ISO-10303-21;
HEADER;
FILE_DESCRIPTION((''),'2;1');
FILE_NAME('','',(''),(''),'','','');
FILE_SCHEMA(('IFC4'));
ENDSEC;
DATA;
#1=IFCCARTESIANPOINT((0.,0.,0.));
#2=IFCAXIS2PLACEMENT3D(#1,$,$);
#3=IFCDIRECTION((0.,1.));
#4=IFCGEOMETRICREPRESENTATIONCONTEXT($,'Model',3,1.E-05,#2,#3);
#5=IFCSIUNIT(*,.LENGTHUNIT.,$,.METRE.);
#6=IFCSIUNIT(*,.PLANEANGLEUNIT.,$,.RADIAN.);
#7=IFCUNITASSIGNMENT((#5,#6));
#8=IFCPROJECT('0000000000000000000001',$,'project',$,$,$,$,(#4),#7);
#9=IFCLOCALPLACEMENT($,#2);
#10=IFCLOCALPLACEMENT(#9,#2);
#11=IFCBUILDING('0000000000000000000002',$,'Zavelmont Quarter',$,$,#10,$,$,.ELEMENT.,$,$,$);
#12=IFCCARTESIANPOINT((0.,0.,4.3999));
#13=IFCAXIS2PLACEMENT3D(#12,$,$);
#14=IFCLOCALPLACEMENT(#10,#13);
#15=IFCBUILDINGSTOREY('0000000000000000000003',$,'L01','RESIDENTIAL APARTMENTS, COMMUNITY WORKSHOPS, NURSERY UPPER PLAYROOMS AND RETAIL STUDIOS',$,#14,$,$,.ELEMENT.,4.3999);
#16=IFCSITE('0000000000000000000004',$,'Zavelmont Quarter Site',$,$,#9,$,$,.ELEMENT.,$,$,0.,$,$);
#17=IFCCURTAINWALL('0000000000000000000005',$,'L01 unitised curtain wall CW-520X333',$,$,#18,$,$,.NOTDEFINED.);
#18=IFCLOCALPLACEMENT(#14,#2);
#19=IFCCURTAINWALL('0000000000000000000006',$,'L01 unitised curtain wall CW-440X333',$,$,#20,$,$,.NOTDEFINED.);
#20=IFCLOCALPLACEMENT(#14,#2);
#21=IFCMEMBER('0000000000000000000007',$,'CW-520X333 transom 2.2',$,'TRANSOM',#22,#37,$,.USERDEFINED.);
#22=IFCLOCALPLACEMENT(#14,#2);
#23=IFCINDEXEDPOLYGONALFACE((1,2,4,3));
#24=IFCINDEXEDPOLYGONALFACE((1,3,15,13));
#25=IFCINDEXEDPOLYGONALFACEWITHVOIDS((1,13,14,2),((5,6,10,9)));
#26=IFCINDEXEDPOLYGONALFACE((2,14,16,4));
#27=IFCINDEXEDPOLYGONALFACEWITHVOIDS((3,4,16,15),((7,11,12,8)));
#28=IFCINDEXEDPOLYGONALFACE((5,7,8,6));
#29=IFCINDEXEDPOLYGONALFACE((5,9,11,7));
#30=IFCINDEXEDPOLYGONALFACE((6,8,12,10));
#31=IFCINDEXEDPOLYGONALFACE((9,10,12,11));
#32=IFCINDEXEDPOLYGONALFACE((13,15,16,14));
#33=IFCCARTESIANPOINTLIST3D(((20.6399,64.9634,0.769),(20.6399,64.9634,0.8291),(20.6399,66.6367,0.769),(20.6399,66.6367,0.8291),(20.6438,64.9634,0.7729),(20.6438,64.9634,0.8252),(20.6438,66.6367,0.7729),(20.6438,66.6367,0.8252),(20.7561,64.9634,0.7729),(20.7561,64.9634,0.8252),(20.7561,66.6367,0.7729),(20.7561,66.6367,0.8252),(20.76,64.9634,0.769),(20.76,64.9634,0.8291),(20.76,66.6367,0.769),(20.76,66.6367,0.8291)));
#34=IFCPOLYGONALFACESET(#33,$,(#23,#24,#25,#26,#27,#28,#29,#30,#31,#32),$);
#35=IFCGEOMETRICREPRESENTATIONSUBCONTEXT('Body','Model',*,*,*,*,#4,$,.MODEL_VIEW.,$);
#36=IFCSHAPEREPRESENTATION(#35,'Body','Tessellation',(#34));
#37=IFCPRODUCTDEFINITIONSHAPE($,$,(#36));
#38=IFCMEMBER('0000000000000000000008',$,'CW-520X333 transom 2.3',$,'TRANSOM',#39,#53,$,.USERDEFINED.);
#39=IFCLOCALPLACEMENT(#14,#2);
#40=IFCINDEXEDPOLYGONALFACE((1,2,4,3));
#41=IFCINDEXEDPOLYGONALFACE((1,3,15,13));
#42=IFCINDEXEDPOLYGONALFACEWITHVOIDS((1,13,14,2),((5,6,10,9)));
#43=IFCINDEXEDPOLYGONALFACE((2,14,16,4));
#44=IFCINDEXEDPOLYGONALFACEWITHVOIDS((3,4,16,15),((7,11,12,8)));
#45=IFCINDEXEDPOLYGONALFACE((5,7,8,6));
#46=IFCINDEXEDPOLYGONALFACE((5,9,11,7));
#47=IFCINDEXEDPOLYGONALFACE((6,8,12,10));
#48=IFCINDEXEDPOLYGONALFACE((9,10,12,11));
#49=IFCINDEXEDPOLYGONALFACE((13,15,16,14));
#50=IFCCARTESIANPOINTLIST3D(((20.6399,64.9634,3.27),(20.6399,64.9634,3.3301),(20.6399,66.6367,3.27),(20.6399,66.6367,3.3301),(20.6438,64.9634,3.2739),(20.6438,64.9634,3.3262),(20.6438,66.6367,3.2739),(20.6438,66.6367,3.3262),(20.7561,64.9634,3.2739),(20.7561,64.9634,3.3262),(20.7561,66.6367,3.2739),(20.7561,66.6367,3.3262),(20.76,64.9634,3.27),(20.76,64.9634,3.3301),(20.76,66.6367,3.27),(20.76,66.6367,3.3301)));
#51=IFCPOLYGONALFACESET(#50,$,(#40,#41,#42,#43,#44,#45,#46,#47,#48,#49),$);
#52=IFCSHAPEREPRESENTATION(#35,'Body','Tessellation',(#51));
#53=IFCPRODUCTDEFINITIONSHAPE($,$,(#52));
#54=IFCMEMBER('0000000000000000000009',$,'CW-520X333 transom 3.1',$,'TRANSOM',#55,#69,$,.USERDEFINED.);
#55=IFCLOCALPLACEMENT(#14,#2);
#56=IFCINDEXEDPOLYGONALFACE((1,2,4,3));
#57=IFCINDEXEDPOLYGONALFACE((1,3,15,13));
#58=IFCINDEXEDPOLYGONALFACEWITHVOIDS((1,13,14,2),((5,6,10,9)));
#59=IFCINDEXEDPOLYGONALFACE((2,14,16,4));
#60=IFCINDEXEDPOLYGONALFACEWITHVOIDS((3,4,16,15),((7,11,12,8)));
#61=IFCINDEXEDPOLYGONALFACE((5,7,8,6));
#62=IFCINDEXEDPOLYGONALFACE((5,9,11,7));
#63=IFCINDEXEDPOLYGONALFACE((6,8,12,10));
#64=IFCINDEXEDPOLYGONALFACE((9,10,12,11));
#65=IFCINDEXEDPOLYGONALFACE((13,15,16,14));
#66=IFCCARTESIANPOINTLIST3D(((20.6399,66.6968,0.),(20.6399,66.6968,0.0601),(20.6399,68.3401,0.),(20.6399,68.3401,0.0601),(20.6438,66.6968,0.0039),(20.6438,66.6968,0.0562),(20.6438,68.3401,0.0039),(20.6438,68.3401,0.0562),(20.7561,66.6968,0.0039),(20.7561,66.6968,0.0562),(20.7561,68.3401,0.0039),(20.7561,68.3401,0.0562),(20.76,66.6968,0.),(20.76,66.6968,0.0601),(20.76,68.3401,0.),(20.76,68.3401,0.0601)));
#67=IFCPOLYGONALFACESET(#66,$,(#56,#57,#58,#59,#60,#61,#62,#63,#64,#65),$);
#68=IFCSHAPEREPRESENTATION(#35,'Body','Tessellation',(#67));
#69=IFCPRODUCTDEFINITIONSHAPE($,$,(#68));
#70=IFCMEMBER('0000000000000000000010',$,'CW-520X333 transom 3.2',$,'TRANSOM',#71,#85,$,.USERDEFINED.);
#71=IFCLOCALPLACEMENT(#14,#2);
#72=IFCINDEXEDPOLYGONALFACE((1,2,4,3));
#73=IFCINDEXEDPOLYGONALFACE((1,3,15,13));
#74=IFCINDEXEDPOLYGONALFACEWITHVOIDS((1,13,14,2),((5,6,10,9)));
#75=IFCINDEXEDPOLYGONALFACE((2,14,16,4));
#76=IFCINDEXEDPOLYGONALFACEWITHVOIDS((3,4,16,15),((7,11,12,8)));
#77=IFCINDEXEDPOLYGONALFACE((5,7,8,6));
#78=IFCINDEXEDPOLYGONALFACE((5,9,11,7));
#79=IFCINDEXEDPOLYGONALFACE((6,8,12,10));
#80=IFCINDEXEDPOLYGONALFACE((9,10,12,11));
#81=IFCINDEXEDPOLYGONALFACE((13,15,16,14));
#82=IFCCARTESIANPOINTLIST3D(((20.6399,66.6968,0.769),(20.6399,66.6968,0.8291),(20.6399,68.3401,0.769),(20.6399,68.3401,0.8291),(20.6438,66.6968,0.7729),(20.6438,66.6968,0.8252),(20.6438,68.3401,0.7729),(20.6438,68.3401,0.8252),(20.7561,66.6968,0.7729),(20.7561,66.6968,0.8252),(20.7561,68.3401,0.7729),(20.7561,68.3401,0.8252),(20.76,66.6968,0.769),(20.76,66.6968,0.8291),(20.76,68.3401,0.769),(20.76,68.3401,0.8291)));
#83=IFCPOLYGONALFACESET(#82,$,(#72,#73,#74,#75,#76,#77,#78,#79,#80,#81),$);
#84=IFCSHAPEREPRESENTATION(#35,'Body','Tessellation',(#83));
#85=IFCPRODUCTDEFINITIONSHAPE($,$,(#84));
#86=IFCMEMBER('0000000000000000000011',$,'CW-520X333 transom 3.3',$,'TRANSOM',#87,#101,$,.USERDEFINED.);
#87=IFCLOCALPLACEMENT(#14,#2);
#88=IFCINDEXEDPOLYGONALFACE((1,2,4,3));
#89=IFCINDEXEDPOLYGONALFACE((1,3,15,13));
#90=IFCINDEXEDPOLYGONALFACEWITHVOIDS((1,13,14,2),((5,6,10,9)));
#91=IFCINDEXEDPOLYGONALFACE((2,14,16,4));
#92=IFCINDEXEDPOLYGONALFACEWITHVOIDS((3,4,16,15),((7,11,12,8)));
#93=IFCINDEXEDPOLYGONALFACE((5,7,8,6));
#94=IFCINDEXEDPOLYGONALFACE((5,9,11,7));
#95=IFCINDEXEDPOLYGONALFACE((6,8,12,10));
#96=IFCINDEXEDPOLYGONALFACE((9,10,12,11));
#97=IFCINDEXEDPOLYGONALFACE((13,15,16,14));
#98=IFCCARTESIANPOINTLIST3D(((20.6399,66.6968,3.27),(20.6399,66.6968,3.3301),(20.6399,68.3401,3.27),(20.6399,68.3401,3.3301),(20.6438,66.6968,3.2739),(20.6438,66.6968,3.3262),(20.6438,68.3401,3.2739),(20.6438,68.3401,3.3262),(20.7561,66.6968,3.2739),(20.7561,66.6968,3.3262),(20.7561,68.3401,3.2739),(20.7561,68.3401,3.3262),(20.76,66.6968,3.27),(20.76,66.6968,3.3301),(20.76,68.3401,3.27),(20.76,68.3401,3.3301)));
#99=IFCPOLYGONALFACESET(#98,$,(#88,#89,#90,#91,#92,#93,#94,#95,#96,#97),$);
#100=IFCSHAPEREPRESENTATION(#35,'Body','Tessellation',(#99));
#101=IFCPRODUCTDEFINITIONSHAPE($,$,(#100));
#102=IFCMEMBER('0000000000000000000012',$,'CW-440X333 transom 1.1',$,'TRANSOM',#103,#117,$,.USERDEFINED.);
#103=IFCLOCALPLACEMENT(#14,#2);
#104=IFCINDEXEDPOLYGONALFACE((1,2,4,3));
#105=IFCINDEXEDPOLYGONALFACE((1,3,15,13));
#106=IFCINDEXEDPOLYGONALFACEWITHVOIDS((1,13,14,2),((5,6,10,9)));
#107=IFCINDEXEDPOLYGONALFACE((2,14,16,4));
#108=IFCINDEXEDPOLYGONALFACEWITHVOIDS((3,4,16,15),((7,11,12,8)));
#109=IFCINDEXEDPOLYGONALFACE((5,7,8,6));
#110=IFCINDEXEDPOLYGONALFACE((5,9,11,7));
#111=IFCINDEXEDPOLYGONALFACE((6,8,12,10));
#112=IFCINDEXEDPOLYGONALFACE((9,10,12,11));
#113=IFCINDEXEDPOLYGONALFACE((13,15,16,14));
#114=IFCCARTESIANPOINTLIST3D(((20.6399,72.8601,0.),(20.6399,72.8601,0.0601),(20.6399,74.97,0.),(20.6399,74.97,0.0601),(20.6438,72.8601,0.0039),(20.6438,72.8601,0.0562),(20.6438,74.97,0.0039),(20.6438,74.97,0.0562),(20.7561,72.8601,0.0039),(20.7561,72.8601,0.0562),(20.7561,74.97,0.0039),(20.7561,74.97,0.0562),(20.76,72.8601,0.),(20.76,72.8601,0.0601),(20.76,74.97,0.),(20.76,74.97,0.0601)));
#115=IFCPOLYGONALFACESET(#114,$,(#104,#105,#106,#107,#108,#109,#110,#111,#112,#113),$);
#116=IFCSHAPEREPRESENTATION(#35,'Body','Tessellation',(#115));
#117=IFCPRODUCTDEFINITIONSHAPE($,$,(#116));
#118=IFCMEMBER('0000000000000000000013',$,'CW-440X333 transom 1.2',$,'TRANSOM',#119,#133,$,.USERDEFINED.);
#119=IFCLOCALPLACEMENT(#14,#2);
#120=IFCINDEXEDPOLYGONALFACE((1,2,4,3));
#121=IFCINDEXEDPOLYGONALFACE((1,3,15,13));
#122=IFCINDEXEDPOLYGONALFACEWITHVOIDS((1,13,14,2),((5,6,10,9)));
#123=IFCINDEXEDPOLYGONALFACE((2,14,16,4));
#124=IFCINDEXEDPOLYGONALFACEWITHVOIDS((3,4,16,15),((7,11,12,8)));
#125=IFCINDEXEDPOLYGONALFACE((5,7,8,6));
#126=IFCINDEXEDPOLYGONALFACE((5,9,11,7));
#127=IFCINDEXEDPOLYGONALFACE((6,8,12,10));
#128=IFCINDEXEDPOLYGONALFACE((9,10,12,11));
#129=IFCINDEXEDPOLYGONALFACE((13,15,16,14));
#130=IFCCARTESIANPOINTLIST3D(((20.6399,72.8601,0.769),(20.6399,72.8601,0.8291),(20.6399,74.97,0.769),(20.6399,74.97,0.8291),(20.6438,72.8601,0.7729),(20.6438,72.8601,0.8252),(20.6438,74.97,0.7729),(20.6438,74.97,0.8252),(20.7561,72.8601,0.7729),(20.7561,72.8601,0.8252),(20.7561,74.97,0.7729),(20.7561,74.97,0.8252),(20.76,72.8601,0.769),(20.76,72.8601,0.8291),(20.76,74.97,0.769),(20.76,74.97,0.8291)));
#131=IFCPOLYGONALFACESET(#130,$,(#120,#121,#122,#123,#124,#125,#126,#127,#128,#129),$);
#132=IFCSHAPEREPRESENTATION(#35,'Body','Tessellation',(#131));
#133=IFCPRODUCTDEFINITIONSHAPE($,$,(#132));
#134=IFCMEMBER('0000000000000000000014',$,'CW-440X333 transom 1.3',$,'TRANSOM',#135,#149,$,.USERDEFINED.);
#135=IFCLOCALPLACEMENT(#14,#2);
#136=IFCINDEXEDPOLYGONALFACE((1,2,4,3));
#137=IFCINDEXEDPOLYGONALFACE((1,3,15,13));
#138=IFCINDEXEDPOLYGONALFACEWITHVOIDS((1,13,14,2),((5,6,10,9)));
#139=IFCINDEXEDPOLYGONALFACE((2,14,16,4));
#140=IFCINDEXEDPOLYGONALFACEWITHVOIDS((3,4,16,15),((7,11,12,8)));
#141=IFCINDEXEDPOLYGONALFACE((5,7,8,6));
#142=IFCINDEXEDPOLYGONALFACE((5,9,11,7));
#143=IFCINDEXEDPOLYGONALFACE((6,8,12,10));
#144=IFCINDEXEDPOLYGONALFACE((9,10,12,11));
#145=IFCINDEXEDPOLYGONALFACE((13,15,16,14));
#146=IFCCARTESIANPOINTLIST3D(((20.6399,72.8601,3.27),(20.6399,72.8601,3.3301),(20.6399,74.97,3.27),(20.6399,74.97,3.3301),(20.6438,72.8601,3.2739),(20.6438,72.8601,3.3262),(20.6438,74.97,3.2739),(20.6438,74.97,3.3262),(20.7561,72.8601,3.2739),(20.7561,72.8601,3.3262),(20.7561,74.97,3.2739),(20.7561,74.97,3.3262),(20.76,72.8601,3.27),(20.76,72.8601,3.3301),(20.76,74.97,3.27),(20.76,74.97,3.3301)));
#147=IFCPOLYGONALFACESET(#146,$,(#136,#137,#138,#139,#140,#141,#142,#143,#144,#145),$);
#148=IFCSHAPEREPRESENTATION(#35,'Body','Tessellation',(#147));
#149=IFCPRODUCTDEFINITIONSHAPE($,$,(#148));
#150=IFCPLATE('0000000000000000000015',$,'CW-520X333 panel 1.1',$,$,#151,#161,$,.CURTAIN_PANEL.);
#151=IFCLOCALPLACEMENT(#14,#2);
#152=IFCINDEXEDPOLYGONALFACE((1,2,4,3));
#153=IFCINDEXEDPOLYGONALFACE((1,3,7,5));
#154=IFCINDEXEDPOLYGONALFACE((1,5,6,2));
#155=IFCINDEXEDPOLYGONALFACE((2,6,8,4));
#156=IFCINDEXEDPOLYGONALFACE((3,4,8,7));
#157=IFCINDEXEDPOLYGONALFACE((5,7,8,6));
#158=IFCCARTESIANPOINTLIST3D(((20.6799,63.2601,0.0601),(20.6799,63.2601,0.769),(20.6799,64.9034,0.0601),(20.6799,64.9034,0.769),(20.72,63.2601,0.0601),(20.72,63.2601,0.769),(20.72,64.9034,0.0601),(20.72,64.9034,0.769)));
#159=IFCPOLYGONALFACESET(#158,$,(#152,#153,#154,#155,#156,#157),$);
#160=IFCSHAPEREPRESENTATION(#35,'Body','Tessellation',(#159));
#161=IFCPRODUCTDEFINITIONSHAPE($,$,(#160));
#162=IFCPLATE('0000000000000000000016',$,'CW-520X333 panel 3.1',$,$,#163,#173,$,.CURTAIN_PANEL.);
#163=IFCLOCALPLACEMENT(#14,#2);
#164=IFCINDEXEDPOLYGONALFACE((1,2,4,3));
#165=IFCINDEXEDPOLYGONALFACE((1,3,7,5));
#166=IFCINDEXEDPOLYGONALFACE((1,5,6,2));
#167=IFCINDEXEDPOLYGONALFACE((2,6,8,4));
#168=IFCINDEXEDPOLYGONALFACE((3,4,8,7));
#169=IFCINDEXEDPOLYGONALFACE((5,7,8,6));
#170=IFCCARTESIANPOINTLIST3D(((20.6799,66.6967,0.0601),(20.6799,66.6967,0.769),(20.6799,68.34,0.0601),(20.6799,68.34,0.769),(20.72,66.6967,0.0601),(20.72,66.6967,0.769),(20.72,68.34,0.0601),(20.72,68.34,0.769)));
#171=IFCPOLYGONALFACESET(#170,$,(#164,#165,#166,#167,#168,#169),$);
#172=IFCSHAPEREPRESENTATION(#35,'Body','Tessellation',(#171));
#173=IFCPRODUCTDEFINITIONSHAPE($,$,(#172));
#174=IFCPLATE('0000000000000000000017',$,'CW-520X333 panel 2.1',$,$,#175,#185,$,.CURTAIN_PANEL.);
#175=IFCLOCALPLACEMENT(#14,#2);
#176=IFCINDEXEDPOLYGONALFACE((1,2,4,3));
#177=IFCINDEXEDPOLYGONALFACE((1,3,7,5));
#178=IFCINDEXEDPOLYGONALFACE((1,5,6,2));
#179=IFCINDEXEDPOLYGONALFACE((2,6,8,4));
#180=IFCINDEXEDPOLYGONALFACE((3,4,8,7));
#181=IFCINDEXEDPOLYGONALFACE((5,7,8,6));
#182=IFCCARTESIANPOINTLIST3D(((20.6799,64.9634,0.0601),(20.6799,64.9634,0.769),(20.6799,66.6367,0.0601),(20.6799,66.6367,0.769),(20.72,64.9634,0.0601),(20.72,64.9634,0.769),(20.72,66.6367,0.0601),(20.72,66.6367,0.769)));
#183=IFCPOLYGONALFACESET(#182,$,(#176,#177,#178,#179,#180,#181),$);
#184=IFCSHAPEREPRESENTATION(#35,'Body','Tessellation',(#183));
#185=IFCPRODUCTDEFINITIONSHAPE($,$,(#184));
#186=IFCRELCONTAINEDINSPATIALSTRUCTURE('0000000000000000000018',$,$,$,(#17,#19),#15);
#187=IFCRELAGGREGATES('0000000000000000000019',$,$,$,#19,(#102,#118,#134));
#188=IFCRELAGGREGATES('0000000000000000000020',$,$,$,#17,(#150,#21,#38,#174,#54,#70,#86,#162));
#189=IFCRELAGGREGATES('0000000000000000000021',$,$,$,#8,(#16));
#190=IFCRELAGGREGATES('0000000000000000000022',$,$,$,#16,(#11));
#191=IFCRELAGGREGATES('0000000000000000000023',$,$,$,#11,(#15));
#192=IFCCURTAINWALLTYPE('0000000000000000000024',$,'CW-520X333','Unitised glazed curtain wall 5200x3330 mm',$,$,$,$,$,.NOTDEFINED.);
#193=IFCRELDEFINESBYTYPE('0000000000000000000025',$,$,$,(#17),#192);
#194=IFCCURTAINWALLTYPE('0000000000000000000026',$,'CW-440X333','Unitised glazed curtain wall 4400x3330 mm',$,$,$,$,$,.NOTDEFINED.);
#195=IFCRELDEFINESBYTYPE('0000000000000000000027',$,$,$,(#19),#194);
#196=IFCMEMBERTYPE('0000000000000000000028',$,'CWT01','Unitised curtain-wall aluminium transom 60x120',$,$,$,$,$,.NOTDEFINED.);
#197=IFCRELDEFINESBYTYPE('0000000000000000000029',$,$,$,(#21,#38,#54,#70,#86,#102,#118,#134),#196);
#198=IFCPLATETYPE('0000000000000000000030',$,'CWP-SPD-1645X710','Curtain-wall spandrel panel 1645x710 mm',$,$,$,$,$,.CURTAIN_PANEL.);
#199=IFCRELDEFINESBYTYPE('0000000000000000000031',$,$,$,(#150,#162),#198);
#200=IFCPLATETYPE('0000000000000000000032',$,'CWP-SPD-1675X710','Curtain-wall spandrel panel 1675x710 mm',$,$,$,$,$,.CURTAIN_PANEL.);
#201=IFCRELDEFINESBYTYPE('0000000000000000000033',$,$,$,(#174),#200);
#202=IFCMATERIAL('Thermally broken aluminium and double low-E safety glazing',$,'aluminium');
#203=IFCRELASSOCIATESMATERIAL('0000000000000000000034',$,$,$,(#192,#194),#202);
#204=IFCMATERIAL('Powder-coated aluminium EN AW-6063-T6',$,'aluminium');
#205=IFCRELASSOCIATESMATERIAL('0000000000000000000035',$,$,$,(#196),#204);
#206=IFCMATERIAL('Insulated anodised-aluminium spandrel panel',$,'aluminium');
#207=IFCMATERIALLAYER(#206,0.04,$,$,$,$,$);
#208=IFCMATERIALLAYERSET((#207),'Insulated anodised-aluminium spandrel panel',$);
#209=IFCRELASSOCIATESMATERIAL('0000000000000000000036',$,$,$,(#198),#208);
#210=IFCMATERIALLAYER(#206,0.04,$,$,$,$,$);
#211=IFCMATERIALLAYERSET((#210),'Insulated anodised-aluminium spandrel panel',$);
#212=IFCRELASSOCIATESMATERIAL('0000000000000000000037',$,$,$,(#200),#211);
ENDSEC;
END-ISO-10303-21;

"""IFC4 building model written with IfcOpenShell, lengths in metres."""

from ifc_helpers import new_model, si_unit, direction, frame, origin, origin_2d, place, context, subcontext, project, spatial, rectangle, hollow_rectangle, extrude, material, layer, layer_set, material_profile, profile_set, type_object, element, aggregate, save


model = new_model("IFC4")

# Units and contexts
model_context = context("Model", 3, precision=1e-05, world=origin(), true_north=direction((0.0, 1.0)))
body_context = subcontext(model_context, "Body", "Model", "MODEL_VIEW")
ifc_project = project(units=[si_unit("LENGTHUNIT", "METRE"), si_unit("PLANEANGLEUNIT", "RADIAN")], contexts=[model_context])

# Site, building, storey
site_placement = place(None, origin())
site = spatial("IfcSite", under=ifc_project, at=site_placement, Name="Zavelmont Quarter Site", CompositionType="ELEMENT", RefElevation=0.0)
building_placement = place(site_placement, origin())
building = spatial("IfcBuilding", under=site, at=building_placement, Name="Zavelmont Quarter", CompositionType="ELEMENT")
storey_placement = place(building_placement, frame((0.0, 0.0, 4.3999)))
storey = spatial("IfcBuildingStorey", under=building, at=storey_placement, Name="L01", Description="RESIDENTIAL APARTMENTS, COMMUNITY WORKSHOPS, NURSERY UPPER PLAYROOMS AND RETAIL STUDIOS", CompositionType="ELEMENT", Elevation=4.3999)

# Curtain wall
ifc_material_1 = material(Name="Thermally broken aluminium and double low-E safety glazing", Category="aluminium")
curtain_wall_type_1 = type_object("IfcCurtainWallType", Name="CW-520X333", Description="Unitised glazed curtain wall 5200x3330 mm", PredefinedType="NOTDEFINED", material=ifc_material_1)
curtain_wall_1_placement = place(storey_placement, origin())
curtain_wall_1 = element("IfcCurtainWall", 1, at=curtain_wall_1_placement, inside=storey, type_object=curtain_wall_type_1, Name="L01 unitised curtain wall CW-520X333", PredefinedType="NOTDEFINED")
ifc_material_2 = material(Name="Powder-coated aluminium EN AW-6063-T6", Category="aluminium")

# Curtain wall
curtain_wall_type_2 = type_object("IfcCurtainWallType", Name="CW-440X333", Description="Unitised glazed curtain wall 4400x3330 mm", PredefinedType="NOTDEFINED", material=ifc_material_1)
curtain_wall_2_placement = place(storey_placement, origin())
curtain_wall_2 = element("IfcCurtainWall", 2, at=curtain_wall_2_placement, inside=storey, type_object=curtain_wall_type_2, Name="L01 unitised curtain wall CW-440X333", PredefinedType="NOTDEFINED")

# Members
ifc_material_profile_1 = material_profile(ifc_material_2, hollow_rectangle(XDim=0.1201, YDim=0.0601, WallThickness=0.0039, at=origin_2d()), Name="CWT60X120")
ifc_profile_set_1 = profile_set([ifc_material_profile_1], Name="Powder-coated aluminium EN AW-6063-T6")
member_type_1 = type_object("IfcMemberType", Name="CWT01", Description="Unitised curtain-wall aluminium transom 60x120", PredefinedType="NOTDEFINED", material=ifc_profile_set_1)
member_1_placement = place(storey_placement, frame((20.7, 64.9634, 0.7991), z_axis=(0.0, 1.0, 0.0), x_axis=(-1.0, 0.0, 0.0)))
member_1 = element("IfcMember", 3, at=member_1_placement, type_object=member_type_1, Name="CW-520X333 transom 2.2", ObjectType="TRANSOM", PredefinedType="USERDEFINED", context=body_context, shape_type="SweptSolid", body=[
    extrude(hollow_rectangle(XDim=0.1201, YDim=0.0601, WallThickness=0.0039, at=origin_2d()), origin(), (0.0, 0.0, 1.0), 1.6733),
])
member_2_placement = place(storey_placement, frame((20.7, 64.9634, 3.3), z_axis=(0.0, 1.0, 0.0), x_axis=(-1.0, 0.0, 0.0)))
member_2 = element("IfcMember", 4, at=member_2_placement, type_object=member_type_1, Name="CW-520X333 transom 2.3", ObjectType="TRANSOM", PredefinedType="USERDEFINED", context=body_context, shape_type="SweptSolid", body=[
    extrude(hollow_rectangle(XDim=0.1201, YDim=0.0601, WallThickness=0.0039, at=origin_2d()), origin(), (0.0, 0.0, 1.0), 1.6733),
])
member_3_placement = place(storey_placement, frame((20.7, 66.6968, 0.03), z_axis=(0.0, 1.0, 0.0), x_axis=(-1.0, 0.0, 0.0)))
member_3 = element("IfcMember", 5, at=member_3_placement, type_object=member_type_1, Name="CW-520X333 transom 3.1", ObjectType="TRANSOM", PredefinedType="USERDEFINED", context=body_context, shape_type="SweptSolid", body=[
    extrude(hollow_rectangle(XDim=0.1201, YDim=0.0601, WallThickness=0.0039, at=origin_2d()), origin(), (0.0, 0.0, 1.0), 1.6433),
])
member_4_placement = place(storey_placement, frame((20.7, 66.6968, 0.7991), z_axis=(0.0, 1.0, 0.0), x_axis=(-1.0, 0.0, 0.0)))
member_4 = element("IfcMember", 6, at=member_4_placement, type_object=member_type_1, Name="CW-520X333 transom 3.2", ObjectType="TRANSOM", PredefinedType="USERDEFINED", context=body_context, shape_type="SweptSolid", body=[
    extrude(hollow_rectangle(XDim=0.1201, YDim=0.0601, WallThickness=0.0039, at=origin_2d()), origin(), (0.0, 0.0, 1.0), 1.6433),
])
member_5_placement = place(storey_placement, frame((20.7, 66.6968, 3.3), z_axis=(0.0, 1.0, 0.0), x_axis=(-1.0, 0.0, 0.0)))
member_5 = element("IfcMember", 7, at=member_5_placement, type_object=member_type_1, Name="CW-520X333 transom 3.3", ObjectType="TRANSOM", PredefinedType="USERDEFINED", context=body_context, shape_type="SweptSolid", body=[
    extrude(hollow_rectangle(XDim=0.1201, YDim=0.0601, WallThickness=0.0039, at=origin_2d()), origin(), (0.0, 0.0, 1.0), 1.6433),
])
member_6_placement = place(storey_placement, frame((20.7, 72.8601, 0.03), z_axis=(0.0, 1.0, 0.0), x_axis=(-1.0, 0.0, 0.0)))
member_6 = element("IfcMember", 8, at=member_6_placement, type_object=member_type_1, Name="CW-440X333 transom 1.1", ObjectType="TRANSOM", PredefinedType="USERDEFINED", context=body_context, shape_type="SweptSolid", body=[
    extrude(hollow_rectangle(XDim=0.1201, YDim=0.0601, WallThickness=0.0039, at=origin_2d()), origin(), (0.0, 0.0, 1.0), 2.1099),
])
member_7_placement = place(storey_placement, frame((20.7, 72.8601, 0.7991), z_axis=(0.0, 1.0, 0.0), x_axis=(-1.0, 0.0, 0.0)))
member_7 = element("IfcMember", 9, at=member_7_placement, type_object=member_type_1, Name="CW-440X333 transom 1.2", ObjectType="TRANSOM", PredefinedType="USERDEFINED", context=body_context, shape_type="SweptSolid", body=[
    extrude(hollow_rectangle(XDim=0.1201, YDim=0.0601, WallThickness=0.0039, at=origin_2d()), origin(), (0.0, 0.0, 1.0), 2.1099),
])
member_8_placement = place(storey_placement, frame((20.7, 72.8601, 3.3), z_axis=(0.0, 1.0, 0.0), x_axis=(-1.0, 0.0, 0.0)))
member_8 = element("IfcMember", 10, at=member_8_placement, type_object=member_type_1, Name="CW-440X333 transom 1.3", ObjectType="TRANSOM", PredefinedType="USERDEFINED", context=body_context, shape_type="SweptSolid", body=[
    extrude(hollow_rectangle(XDim=0.1201, YDim=0.0601, WallThickness=0.0039, at=origin_2d()), origin(), (0.0, 0.0, 1.0), 2.1099),
])
aggregate(curtain_wall_2, [member_6, member_7, member_8])

# Plates
ifc_material_3 = material(Name="Insulated anodised-aluminium spandrel panel", Category="aluminium")
ifc_layer_1 = layer(ifc_material_3, 0.04)
ifc_layer_set_1 = layer_set([ifc_layer_1], Name="Insulated anodised-aluminium spandrel panel")
plate_type_1 = type_object("IfcPlateType", Name="CWP-SPD-1645X710", Description="Curtain-wall spandrel panel 1645x710 mm", PredefinedType="CURTAIN_PANEL", material=ifc_layer_set_1)
plate_1_placement = place(storey_placement, frame((20.7, 64.0818, 0.0601), z_axis=(0.0, 0.0, 1.0), x_axis=(0.0, 1.0, 0.0)))
plate_1 = element("IfcPlate", 11, at=plate_1_placement, type_object=plate_type_1, Name="CW-520X333 panel 1.1", PredefinedType="CURTAIN_PANEL", context=body_context, shape_type="SweptSolid", body=[
    extrude(rectangle(XDim=1.6433, YDim=0.04, at=origin_2d()), origin(), (0.0, 0.0, 1.0), 0.709),
])
plate_2_placement = place(storey_placement, frame((20.7, 67.5183, 0.0601), z_axis=(0.0, 0.0, 1.0), x_axis=(0.0, 1.0, 0.0)))
plate_2 = element("IfcPlate", 12, at=plate_2_placement, type_object=plate_type_1, Name="CW-520X333 panel 3.1", PredefinedType="CURTAIN_PANEL", context=body_context, shape_type="SweptSolid", body=[
    extrude(rectangle(XDim=1.6433, YDim=0.04, at=origin_2d()), origin(), (0.0, 0.0, 1.0), 0.709),
])
ifc_layer_2 = layer(ifc_material_3, 0.04)
ifc_layer_set_2 = layer_set([ifc_layer_2], Name="Insulated anodised-aluminium spandrel panel")
plate_type_2 = type_object("IfcPlateType", Name="CWP-SPD-1675X710", Description="Curtain-wall spandrel panel 1675x710 mm", PredefinedType="CURTAIN_PANEL", material=ifc_layer_set_2)
plate_3_placement = place(storey_placement, frame((20.7, 65.8, 0.0601), z_axis=(0.0, 0.0, 1.0), x_axis=(0.0, 1.0, 0.0)))
plate_3 = element("IfcPlate", 13, at=plate_3_placement, type_object=plate_type_2, Name="CW-520X333 panel 2.1", PredefinedType="CURTAIN_PANEL", context=body_context, shape_type="SweptSolid", body=[
    extrude(rectangle(XDim=1.6733, YDim=0.04, at=origin_2d()), origin(), (0.0, 0.0, 1.0), 0.709),
])
aggregate(curtain_wall_1, [plate_1, member_1, member_2, plate_3, member_3, member_4, member_5, plate_2])

save(model, "model.ifc")
